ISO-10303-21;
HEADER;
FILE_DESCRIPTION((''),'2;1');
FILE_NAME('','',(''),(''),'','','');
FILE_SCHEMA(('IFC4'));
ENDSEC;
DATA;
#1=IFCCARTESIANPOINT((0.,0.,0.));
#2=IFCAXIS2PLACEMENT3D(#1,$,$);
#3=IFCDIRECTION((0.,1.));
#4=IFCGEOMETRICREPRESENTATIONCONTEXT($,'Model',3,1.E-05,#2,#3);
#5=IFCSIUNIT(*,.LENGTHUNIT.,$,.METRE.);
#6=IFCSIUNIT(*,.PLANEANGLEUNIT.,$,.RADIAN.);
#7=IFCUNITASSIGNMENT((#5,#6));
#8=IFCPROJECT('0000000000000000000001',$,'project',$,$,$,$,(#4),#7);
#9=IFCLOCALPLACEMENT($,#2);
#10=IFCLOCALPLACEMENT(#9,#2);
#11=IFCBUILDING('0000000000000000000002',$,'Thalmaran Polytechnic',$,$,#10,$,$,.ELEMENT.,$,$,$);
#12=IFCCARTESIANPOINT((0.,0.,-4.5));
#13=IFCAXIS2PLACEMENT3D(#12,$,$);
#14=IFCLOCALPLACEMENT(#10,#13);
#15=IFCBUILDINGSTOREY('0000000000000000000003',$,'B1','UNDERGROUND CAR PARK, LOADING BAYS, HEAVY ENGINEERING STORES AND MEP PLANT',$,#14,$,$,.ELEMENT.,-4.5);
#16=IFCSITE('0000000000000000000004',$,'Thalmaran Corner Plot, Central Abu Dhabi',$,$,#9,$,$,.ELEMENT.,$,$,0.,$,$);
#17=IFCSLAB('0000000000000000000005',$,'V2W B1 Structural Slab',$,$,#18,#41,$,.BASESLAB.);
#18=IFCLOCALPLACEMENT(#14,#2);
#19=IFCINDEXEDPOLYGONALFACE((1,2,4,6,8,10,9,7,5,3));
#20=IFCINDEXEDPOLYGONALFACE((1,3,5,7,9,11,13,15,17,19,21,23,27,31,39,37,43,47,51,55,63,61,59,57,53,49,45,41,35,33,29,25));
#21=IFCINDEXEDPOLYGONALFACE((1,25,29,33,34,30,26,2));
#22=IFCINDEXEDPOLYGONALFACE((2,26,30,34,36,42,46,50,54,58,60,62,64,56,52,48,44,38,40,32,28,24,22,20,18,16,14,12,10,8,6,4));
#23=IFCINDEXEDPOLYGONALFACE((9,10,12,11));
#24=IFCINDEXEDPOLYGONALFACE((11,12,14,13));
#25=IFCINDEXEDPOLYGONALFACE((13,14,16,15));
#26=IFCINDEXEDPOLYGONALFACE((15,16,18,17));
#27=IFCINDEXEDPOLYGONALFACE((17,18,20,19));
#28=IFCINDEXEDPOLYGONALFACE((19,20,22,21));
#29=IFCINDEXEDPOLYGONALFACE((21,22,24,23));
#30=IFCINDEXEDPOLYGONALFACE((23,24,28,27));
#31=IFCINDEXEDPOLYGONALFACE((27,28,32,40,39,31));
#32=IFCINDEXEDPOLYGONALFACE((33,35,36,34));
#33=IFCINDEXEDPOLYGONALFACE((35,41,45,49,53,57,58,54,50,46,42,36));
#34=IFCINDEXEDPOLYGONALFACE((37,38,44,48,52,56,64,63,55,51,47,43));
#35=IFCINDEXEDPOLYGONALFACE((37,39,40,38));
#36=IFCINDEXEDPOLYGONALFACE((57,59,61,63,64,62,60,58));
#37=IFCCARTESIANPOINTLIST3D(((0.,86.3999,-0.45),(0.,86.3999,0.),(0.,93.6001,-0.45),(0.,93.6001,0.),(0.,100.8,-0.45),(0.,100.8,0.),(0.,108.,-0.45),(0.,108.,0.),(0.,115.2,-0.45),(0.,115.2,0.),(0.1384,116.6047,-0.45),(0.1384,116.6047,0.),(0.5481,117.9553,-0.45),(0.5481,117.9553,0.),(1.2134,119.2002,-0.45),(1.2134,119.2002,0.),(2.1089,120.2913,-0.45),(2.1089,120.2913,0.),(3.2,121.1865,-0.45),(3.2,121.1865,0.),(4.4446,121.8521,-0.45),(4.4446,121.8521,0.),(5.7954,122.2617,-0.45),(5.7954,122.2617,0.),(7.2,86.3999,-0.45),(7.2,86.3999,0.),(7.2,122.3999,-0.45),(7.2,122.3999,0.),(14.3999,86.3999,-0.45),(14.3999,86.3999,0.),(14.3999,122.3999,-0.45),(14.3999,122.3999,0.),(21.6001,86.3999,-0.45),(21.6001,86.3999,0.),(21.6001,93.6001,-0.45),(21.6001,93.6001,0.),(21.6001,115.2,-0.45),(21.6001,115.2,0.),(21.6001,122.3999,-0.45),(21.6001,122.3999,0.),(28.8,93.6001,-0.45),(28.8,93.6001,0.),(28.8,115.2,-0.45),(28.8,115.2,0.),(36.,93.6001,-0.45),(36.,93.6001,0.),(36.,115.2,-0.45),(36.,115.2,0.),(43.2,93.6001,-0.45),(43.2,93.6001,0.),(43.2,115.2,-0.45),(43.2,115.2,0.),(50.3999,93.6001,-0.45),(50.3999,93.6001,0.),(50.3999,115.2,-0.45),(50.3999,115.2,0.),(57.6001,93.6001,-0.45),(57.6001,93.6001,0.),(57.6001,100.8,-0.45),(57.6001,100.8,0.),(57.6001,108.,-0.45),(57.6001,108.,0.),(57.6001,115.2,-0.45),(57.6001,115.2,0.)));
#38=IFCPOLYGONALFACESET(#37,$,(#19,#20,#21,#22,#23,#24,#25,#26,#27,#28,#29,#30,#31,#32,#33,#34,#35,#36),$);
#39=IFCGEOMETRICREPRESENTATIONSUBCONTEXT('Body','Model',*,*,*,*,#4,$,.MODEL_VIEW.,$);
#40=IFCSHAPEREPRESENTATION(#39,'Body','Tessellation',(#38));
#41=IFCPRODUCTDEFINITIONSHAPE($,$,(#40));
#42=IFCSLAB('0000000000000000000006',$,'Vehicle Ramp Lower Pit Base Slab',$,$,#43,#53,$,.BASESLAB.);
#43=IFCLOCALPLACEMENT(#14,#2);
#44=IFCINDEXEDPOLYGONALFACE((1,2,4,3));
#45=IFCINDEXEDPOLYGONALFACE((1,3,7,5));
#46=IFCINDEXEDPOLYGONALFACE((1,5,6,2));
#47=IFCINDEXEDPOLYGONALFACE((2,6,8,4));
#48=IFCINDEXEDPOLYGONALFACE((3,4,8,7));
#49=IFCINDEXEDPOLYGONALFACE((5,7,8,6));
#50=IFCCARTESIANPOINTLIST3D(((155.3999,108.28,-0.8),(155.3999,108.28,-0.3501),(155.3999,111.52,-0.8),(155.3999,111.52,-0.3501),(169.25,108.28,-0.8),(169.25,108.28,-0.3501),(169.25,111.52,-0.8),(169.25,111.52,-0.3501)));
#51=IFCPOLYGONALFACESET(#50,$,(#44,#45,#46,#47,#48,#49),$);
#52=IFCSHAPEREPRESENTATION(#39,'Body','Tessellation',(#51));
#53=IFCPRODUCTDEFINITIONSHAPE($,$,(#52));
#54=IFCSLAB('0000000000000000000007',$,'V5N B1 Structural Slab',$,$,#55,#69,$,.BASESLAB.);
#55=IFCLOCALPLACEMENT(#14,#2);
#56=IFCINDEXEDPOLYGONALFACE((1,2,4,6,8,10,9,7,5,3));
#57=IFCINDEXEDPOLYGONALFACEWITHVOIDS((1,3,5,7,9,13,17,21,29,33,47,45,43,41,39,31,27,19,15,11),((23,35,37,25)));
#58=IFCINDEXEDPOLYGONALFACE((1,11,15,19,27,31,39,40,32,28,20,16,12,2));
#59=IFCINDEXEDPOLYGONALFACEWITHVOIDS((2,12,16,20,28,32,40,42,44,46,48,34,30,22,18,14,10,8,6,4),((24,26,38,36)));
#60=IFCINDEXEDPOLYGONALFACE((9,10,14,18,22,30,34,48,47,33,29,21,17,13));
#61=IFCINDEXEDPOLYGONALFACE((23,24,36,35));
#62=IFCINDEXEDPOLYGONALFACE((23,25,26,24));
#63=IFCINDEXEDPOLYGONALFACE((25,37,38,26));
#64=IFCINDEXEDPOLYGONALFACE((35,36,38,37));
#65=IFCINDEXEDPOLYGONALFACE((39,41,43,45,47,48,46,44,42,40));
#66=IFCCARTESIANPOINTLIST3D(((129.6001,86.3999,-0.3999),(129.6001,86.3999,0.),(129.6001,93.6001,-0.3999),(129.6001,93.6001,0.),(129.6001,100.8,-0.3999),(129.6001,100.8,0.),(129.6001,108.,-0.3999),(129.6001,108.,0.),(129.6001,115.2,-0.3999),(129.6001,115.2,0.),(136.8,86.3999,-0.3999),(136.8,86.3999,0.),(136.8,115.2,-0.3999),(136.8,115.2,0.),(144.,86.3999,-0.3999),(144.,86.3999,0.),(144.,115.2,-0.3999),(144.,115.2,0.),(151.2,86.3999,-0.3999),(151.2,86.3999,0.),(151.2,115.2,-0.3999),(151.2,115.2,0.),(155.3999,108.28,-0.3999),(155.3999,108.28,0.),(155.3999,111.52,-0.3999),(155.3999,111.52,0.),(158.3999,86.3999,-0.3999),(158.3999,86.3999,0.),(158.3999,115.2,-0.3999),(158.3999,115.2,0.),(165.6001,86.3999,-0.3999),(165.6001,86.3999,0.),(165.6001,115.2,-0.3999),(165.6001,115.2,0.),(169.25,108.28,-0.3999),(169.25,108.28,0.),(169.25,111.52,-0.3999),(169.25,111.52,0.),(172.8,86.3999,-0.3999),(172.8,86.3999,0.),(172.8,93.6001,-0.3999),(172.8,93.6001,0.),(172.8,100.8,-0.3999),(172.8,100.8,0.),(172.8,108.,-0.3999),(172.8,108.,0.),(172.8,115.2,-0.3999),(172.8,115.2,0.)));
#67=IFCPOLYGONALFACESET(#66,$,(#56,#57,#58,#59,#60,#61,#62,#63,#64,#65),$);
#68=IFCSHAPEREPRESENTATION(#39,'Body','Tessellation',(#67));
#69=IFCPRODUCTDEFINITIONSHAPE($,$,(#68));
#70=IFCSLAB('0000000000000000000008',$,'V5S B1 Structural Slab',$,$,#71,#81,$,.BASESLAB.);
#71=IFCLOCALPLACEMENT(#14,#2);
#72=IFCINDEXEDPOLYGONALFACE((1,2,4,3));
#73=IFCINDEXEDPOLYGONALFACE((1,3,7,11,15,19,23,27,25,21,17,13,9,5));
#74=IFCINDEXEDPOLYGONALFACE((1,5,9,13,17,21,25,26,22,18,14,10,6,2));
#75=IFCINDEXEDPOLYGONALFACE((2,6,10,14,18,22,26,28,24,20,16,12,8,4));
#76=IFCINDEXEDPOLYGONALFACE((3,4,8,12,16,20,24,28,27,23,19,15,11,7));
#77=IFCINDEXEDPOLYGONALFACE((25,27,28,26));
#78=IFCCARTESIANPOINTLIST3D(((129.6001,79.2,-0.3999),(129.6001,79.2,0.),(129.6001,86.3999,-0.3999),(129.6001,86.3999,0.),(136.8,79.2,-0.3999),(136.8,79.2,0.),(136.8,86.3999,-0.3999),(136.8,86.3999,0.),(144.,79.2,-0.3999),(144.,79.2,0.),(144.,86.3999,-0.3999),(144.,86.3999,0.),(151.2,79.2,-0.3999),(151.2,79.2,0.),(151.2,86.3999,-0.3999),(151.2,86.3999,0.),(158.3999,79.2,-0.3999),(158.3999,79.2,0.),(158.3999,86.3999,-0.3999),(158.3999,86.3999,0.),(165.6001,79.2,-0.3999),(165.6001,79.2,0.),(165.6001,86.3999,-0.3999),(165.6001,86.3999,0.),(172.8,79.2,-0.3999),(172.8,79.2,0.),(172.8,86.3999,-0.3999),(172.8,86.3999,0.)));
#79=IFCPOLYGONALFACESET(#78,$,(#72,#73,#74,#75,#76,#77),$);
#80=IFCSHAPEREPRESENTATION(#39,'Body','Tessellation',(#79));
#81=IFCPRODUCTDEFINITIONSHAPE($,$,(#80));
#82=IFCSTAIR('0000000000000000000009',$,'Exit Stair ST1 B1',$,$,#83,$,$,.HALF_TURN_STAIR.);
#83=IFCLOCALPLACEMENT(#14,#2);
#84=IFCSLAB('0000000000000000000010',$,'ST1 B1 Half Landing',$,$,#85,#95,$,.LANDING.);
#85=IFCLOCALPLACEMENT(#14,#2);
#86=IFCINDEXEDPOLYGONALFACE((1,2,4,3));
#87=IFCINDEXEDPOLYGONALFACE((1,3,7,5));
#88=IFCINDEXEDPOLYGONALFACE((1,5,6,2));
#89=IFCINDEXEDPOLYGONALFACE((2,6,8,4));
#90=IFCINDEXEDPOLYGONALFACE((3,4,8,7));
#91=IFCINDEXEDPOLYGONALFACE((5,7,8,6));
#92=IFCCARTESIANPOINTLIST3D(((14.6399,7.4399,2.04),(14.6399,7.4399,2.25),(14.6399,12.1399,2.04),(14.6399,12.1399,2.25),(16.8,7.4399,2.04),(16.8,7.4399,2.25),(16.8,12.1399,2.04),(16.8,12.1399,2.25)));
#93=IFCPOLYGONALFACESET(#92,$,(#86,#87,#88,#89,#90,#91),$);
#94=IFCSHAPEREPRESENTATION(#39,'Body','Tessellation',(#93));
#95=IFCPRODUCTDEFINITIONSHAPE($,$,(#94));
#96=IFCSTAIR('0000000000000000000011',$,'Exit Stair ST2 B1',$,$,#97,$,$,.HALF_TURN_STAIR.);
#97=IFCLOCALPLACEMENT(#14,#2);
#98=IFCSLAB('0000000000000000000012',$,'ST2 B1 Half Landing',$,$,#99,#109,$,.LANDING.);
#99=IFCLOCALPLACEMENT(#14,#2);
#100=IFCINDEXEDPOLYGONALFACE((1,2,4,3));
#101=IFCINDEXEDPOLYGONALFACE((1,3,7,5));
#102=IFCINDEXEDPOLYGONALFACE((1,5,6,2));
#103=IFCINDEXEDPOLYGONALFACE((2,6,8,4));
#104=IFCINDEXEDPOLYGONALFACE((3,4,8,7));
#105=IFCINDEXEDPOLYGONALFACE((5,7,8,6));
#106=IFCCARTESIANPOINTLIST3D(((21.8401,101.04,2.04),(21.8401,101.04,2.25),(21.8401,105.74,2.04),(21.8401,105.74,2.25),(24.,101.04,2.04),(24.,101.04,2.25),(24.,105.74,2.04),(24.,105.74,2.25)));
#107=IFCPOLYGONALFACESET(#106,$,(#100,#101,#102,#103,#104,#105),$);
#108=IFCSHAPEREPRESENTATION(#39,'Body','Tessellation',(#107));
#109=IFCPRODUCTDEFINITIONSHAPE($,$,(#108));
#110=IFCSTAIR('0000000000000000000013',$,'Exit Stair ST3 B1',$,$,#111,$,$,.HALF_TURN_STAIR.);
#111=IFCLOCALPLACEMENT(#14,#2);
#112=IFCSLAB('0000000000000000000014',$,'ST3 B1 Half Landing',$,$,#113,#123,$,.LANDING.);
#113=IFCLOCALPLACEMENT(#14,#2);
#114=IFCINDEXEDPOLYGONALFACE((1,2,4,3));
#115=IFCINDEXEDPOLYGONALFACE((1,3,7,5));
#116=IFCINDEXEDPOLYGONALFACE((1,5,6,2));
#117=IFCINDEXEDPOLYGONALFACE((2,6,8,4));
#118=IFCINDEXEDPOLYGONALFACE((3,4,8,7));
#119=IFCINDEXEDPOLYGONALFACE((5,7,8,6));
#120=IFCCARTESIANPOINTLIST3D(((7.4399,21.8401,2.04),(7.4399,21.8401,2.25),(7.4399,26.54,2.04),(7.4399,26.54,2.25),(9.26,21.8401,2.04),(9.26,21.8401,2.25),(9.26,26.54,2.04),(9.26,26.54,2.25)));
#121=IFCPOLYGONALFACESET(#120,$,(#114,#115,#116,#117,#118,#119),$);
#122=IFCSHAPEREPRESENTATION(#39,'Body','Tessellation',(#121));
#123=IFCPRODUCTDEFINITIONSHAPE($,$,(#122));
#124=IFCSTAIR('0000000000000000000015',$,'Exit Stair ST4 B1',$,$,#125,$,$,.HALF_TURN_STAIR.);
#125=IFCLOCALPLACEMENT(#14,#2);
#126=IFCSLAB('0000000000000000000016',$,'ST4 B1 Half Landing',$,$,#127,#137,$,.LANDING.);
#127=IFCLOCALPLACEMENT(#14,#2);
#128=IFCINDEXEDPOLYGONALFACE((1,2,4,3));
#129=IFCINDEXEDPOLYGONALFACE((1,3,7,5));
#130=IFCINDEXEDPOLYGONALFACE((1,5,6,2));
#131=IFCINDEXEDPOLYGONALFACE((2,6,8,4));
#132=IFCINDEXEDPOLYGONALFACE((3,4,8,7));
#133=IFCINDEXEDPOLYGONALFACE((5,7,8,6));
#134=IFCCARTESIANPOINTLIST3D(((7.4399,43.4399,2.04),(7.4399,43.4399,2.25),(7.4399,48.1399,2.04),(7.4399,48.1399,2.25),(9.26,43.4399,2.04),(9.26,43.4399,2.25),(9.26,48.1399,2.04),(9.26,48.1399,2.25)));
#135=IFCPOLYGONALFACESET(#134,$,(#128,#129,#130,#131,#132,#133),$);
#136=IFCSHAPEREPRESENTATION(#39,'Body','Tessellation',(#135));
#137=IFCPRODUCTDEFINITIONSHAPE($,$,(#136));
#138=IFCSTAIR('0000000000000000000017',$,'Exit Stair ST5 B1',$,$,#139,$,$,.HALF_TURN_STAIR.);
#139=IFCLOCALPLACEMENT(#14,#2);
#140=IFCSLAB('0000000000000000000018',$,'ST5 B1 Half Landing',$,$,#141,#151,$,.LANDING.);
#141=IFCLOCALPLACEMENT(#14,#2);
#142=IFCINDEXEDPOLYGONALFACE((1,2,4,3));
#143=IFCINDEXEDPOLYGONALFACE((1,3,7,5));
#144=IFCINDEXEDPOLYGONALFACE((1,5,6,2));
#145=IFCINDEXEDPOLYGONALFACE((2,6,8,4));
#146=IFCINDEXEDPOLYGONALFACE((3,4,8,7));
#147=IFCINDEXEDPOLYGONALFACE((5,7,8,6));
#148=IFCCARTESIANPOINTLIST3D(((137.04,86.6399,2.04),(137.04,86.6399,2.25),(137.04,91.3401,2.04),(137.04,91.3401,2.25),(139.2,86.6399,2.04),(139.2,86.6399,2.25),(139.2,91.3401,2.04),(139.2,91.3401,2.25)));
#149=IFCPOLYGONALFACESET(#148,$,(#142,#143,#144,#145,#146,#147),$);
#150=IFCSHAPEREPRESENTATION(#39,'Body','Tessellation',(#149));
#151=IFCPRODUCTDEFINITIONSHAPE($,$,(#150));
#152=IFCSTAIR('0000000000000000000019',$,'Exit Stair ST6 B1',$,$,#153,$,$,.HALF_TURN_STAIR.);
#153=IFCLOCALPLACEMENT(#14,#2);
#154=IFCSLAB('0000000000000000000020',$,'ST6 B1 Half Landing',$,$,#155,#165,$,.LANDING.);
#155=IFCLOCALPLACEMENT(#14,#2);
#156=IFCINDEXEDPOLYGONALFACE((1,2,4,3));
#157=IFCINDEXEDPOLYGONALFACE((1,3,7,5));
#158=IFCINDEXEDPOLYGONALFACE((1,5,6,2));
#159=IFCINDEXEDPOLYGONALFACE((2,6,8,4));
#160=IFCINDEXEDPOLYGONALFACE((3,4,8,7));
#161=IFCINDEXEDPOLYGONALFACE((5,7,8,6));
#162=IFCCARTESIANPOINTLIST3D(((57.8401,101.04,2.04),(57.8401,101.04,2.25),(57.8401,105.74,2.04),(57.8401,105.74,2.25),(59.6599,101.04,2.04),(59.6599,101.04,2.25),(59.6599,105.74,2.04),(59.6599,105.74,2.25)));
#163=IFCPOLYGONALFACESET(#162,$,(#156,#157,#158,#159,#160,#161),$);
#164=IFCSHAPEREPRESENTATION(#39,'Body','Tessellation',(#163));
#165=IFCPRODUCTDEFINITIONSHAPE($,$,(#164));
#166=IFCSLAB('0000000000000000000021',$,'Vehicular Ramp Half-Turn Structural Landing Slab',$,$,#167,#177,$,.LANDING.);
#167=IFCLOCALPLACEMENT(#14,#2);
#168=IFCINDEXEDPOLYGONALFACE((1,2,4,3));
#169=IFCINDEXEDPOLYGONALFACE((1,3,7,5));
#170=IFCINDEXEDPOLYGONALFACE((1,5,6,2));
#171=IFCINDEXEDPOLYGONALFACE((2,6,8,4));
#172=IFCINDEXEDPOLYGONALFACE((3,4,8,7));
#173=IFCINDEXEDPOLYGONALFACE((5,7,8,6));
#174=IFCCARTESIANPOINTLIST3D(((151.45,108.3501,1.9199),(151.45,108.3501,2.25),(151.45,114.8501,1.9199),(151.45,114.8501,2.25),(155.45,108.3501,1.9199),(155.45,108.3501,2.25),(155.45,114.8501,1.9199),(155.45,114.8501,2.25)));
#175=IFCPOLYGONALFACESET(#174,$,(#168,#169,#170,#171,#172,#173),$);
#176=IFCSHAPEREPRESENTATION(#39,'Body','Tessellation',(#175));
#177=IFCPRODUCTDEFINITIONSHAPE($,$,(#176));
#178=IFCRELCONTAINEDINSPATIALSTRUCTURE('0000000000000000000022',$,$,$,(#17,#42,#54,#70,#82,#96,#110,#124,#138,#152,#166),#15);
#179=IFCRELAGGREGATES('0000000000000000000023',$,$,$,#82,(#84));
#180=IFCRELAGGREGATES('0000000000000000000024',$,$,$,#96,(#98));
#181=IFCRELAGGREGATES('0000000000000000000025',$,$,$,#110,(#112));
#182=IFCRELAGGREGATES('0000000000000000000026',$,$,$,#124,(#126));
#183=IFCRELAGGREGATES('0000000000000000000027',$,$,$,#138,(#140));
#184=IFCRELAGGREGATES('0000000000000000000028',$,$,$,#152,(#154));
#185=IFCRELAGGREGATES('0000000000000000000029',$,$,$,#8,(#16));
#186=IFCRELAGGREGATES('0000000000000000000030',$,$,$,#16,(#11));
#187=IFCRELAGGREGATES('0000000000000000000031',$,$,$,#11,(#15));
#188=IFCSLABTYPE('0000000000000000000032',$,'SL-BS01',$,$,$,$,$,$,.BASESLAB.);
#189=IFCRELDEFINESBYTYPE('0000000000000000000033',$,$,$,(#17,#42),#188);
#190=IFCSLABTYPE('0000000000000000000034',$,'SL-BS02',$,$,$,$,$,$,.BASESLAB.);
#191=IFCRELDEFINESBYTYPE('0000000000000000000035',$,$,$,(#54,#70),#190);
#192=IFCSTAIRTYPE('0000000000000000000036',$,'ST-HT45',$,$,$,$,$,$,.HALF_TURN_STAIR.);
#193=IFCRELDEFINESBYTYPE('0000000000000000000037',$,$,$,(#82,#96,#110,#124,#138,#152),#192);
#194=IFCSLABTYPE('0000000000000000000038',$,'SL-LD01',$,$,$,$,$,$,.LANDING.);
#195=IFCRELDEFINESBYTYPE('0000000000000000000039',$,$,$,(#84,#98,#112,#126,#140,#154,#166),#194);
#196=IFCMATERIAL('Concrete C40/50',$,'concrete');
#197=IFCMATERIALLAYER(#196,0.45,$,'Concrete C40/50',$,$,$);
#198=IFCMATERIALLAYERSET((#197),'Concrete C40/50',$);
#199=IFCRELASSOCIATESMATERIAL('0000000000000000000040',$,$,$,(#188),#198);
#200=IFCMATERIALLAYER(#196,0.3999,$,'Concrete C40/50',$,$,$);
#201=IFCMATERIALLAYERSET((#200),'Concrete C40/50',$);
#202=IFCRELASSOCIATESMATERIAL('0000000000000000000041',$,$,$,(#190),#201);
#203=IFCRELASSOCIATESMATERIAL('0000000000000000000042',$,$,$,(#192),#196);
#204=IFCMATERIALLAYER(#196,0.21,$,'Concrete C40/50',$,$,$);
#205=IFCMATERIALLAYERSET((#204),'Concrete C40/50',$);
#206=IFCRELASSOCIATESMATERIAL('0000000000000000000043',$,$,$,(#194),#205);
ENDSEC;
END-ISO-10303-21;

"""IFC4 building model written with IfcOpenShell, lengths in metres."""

from ifc_helpers import new_model, si_unit, direction, frame, origin, place, context, subcontext, project, spatial, polyline, outline, extrude, material, layer, layer_set, type_object, element, aggregate, save


model = new_model("IFC4")

# Units and contexts
model_context = context("Model", 3, precision=1e-05, world=origin(), true_north=direction((0.0, 1.0)))
body_context = subcontext(model_context, "Body", "Model", "MODEL_VIEW")
ifc_project = project(units=[si_unit("LENGTHUNIT", "METRE"), si_unit("PLANEANGLEUNIT", "RADIAN")], contexts=[model_context])

# Site, building, storey
site_placement = place(None, origin())
site = spatial("IfcSite", under=ifc_project, at=site_placement, Name="Thalmaran Corner Plot, Central Abu Dhabi", CompositionType="ELEMENT", RefElevation=0.0)
building_placement = place(site_placement, origin())
building = spatial("IfcBuilding", under=site, at=building_placement, Name="Thalmaran Polytechnic", CompositionType="ELEMENT")
storey_placement = place(building_placement, frame((0.0, 0.0, -4.5)))
storey = spatial("IfcBuildingStorey", under=building, at=storey_placement, Name="B1", Description="UNDERGROUND CAR PARK, LOADING BAYS, HEAVY ENGINEERING STORES AND MEP PLANT", CompositionType="ELEMENT", Elevation=-4.5)

# Shared definitions
ifc_material_1 = material(Name="Concrete C40/50", Category="concrete")

# Slabs
ifc_layer_1 = layer(ifc_material_1, 0.45, Name="Concrete C40/50")
ifc_layer_set_1 = layer_set([ifc_layer_1], Name="Concrete C40/50")
slab_type_1 = type_object("IfcSlabType", Name="SL-BS01", PredefinedType="BASESLAB", material=ifc_layer_set_1)
slab_1_placement = place(storey_placement, frame((0.0, 0.0, -0.45)))
element("IfcSlab", 1, at=slab_1_placement, inside=storey, type_object=slab_type_1, Name="V2W B1 Structural Slab", PredefinedType="BASESLAB", context=body_context, shape_type="SweptSolid", body=[
    extrude(outline(polyline([(0.0, 108.0), (0.0, 115.2), (0.1384, 116.6047), (0.5481, 117.9553), (1.2134, 119.2002), (2.1089, 120.2913), (3.2, 121.1865), (4.4446, 121.8521), (5.7954, 122.2617), (7.2, 122.3999), (14.3999, 122.3999), (21.6001, 122.3999), (21.6001, 115.2), (28.8, 115.2), (36.0, 115.2), (43.2, 115.2), (50.3999, 115.2), (57.6001, 115.2), (57.6001, 108.0), (57.6001, 100.8), (57.6001, 93.6001), (50.3999, 93.6001), (43.2, 93.6001), (36.0, 93.6001), (28.8, 93.6001), (21.6001, 93.6001), (21.6001, 86.3999), (14.3999, 86.3999), (7.2, 86.3999), (0.0, 86.3999), (0.0, 93.6001), (0.0, 100.8), (0.0, 108.0)])), origin(), (0.0, 0.0, 1.0), 0.45),
])
slab_2_placement = place(storey_placement, frame((0.0, 0.0, -0.8)))
element("IfcSlab", 2, at=slab_2_placement, inside=storey, type_object=slab_type_1, Name="Vehicle Ramp Lower Pit Base Slab", PredefinedType="BASESLAB", context=body_context, shape_type="SweptSolid", body=[
    extrude(outline(polyline([(155.3999, 108.28), (169.25, 108.28), (169.25, 111.52), (155.3999, 111.52), (155.3999, 108.28)])), origin(), (0.0, 0.0, 1.0), 0.45),
])
ifc_layer_2 = layer(ifc_material_1, 0.3999, Name="Concrete C40/50")
ifc_layer_set_2 = layer_set([ifc_layer_2], Name="Concrete C40/50")
slab_type_2 = type_object("IfcSlabType", Name="SL-BS02", PredefinedType="BASESLAB", material=ifc_layer_set_2)
slab_3_placement = place(storey_placement, frame((0.0, 0.0, -0.3999)))
element("IfcSlab", 3, at=slab_3_placement, inside=storey, type_object=slab_type_2, Name="V5N B1 Structural Slab", PredefinedType="BASESLAB", context=body_context, shape_type="SweptSolid", body=[
    extrude(outline(polyline([(129.6001, 115.2), (136.8, 115.2), (144.0, 115.2), (151.2, 115.2), (158.3999, 115.2), (165.6001, 115.2), (172.8, 115.2), (172.8, 108.0), (172.8, 100.8), (172.8, 93.6001), (172.8, 86.3999), (165.6001, 86.3999), (158.3999, 86.3999), (151.2, 86.3999), (144.0, 86.3999), (136.8, 86.3999), (129.6001, 86.3999), (129.6001, 93.6001), (129.6001, 100.8), (129.6001, 108.0), (129.6001, 115.2)]), holes=[polyline([(169.25, 111.52), (155.3999, 111.52), (155.3999, 108.28), (169.25, 108.28), (169.25, 111.52)])]), origin(), (0.0, 0.0, 1.0), 0.3999),
])
slab_4_placement = place(storey_placement, frame((0.0, 0.0, -0.3999)))
element("IfcSlab", 4, at=slab_4_placement, inside=storey, type_object=slab_type_2, Name="V5S B1 Structural Slab", PredefinedType="BASESLAB", context=body_context, shape_type="SweptSolid", body=[
    extrude(outline(polyline([(136.8, 86.3999), (144.0, 86.3999), (151.2, 86.3999), (158.3999, 86.3999), (165.6001, 86.3999), (172.8, 86.3999), (172.8, 79.2), (165.6001, 79.2), (158.3999, 79.2), (151.2, 79.2), (144.0, 79.2), (136.8, 79.2), (129.6001, 79.2), (129.6001, 86.3999), (136.8, 86.3999)])), origin(), (0.0, 0.0, 1.0), 0.3999),
])

# Stairs, slabs
stair_type = type_object("IfcStairType", Name="ST-HT45", PredefinedType="HALF_TURN_STAIR", material=ifc_material_1)
stair_1_placement = place(storey_placement, origin())
stair_1 = element("IfcStair", 5, at=stair_1_placement, inside=storey, type_object=stair_type, Name="Exit Stair ST1 B1", PredefinedType="HALF_TURN_STAIR")
ifc_layer_3 = layer(ifc_material_1, 0.21, Name="Concrete C40/50")
ifc_layer_set_3 = layer_set([ifc_layer_3], Name="Concrete C40/50")
slab_type_3 = type_object("IfcSlabType", Name="SL-LD01", PredefinedType="LANDING", material=ifc_layer_set_3)
slab_5_placement = place(storey_placement, frame((0.0, 0.0, 2.04)))
slab_5 = element("IfcSlab", 6, at=slab_5_placement, type_object=slab_type_3, Name="ST1 B1 Half Landing", PredefinedType="LANDING", context=body_context, shape_type="SweptSolid", body=[
    extrude(outline(polyline([(14.6399, 7.4399), (16.8, 7.4399), (16.8, 12.1399), (14.6399, 12.1399), (14.6399, 7.4399)])), origin(), (0.0, 0.0, 1.0), 0.21),
])
aggregate(stair_1, [slab_5])
stair_2_placement = place(storey_placement, origin())
stair_2 = element("IfcStair", 7, at=stair_2_placement, inside=storey, type_object=stair_type, Name="Exit Stair ST2 B1", PredefinedType="HALF_TURN_STAIR")
slab_6_placement = place(storey_placement, frame((0.0, 0.0, 2.04)))
slab_6 = element("IfcSlab", 8, at=slab_6_placement, type_object=slab_type_3, Name="ST2 B1 Half Landing", PredefinedType="LANDING", context=body_context, shape_type="SweptSolid", body=[
    extrude(outline(polyline([(21.8401, 101.04), (24.0, 101.04), (24.0, 105.74), (21.8401, 105.74), (21.8401, 101.04)])), origin(), (0.0, 0.0, 1.0), 0.21),
])
aggregate(stair_2, [slab_6])
stair_3_placement = place(storey_placement, origin())
stair_3 = element("IfcStair", 9, at=stair_3_placement, inside=storey, type_object=stair_type, Name="Exit Stair ST3 B1", PredefinedType="HALF_TURN_STAIR")
slab_7_placement = place(storey_placement, frame((0.0, 0.0, 2.04)))
slab_7 = element("IfcSlab", 10, at=slab_7_placement, type_object=slab_type_3, Name="ST3 B1 Half Landing", PredefinedType="LANDING", context=body_context, shape_type="SweptSolid", body=[
    extrude(outline(polyline([(7.4399, 21.8401), (9.26, 21.8401), (9.26, 26.54), (7.4399, 26.54), (7.4399, 21.8401)])), origin(), (0.0, 0.0, 1.0), 0.21),
])
aggregate(stair_3, [slab_7])
stair_4_placement = place(storey_placement, origin())
stair_4 = element("IfcStair", 11, at=stair_4_placement, inside=storey, type_object=stair_type, Name="Exit Stair ST4 B1", PredefinedType="HALF_TURN_STAIR")
slab_8_placement = place(storey_placement, frame((0.0, 0.0, 2.04)))
slab_8 = element("IfcSlab", 12, at=slab_8_placement, type_object=slab_type_3, Name="ST4 B1 Half Landing", PredefinedType="LANDING", context=body_context, shape_type="SweptSolid", body=[
    extrude(outline(polyline([(7.4399, 43.4399), (9.26, 43.4399), (9.26, 48.1399), (7.4399, 48.1399), (7.4399, 43.4399)])), origin(), (0.0, 0.0, 1.0), 0.21),
])
aggregate(stair_4, [slab_8])
stair_5_placement = place(storey_placement, origin())
stair_5 = element("IfcStair", 13, at=stair_5_placement, inside=storey, type_object=stair_type, Name="Exit Stair ST5 B1", PredefinedType="HALF_TURN_STAIR")
slab_9_placement = place(storey_placement, frame((0.0, 0.0, 2.04)))
slab_9 = element("IfcSlab", 14, at=slab_9_placement, type_object=slab_type_3, Name="ST5 B1 Half Landing", PredefinedType="LANDING", context=body_context, shape_type="SweptSolid", body=[
    extrude(outline(polyline([(137.04, 86.6399), (139.2, 86.6399), (139.2, 91.3401), (137.04, 91.3401), (137.04, 86.6399)])), origin(), (0.0, 0.0, 1.0), 0.21),
])
aggregate(stair_5, [slab_9])
stair_6_placement = place(storey_placement, origin())
stair_6 = element("IfcStair", 15, at=stair_6_placement, inside=storey, type_object=stair_type, Name="Exit Stair ST6 B1", PredefinedType="HALF_TURN_STAIR")
slab_10_placement = place(storey_placement, frame((0.0, 0.0, 2.04)))
slab_10 = element("IfcSlab", 16, at=slab_10_placement, type_object=slab_type_3, Name="ST6 B1 Half Landing", PredefinedType="LANDING", context=body_context, shape_type="SweptSolid", body=[
    extrude(outline(polyline([(57.8401, 101.04), (59.6599, 101.04), (59.6599, 105.74), (57.8401, 105.74), (57.8401, 101.04)])), origin(), (0.0, 0.0, 1.0), 0.21),
])
aggregate(stair_6, [slab_10])

# Slab
slab_11_placement = place(storey_placement, frame((0.0, 0.0, 1.9199)))
element("IfcSlab", 17, at=slab_11_placement, inside=storey, type_object=slab_type_3, Name="Vehicular Ramp Half-Turn Structural Landing Slab", PredefinedType="LANDING", context=body_context, shape_type="SweptSolid", body=[
    extrude(outline(polyline([(151.45, 108.3501), (155.45, 108.3501), (155.45, 114.8501), (151.45, 114.8501), (151.45, 108.3501)])), origin(), (0.0, 0.0, 1.0), 0.3301),
])

save(model, "model.ifc")
